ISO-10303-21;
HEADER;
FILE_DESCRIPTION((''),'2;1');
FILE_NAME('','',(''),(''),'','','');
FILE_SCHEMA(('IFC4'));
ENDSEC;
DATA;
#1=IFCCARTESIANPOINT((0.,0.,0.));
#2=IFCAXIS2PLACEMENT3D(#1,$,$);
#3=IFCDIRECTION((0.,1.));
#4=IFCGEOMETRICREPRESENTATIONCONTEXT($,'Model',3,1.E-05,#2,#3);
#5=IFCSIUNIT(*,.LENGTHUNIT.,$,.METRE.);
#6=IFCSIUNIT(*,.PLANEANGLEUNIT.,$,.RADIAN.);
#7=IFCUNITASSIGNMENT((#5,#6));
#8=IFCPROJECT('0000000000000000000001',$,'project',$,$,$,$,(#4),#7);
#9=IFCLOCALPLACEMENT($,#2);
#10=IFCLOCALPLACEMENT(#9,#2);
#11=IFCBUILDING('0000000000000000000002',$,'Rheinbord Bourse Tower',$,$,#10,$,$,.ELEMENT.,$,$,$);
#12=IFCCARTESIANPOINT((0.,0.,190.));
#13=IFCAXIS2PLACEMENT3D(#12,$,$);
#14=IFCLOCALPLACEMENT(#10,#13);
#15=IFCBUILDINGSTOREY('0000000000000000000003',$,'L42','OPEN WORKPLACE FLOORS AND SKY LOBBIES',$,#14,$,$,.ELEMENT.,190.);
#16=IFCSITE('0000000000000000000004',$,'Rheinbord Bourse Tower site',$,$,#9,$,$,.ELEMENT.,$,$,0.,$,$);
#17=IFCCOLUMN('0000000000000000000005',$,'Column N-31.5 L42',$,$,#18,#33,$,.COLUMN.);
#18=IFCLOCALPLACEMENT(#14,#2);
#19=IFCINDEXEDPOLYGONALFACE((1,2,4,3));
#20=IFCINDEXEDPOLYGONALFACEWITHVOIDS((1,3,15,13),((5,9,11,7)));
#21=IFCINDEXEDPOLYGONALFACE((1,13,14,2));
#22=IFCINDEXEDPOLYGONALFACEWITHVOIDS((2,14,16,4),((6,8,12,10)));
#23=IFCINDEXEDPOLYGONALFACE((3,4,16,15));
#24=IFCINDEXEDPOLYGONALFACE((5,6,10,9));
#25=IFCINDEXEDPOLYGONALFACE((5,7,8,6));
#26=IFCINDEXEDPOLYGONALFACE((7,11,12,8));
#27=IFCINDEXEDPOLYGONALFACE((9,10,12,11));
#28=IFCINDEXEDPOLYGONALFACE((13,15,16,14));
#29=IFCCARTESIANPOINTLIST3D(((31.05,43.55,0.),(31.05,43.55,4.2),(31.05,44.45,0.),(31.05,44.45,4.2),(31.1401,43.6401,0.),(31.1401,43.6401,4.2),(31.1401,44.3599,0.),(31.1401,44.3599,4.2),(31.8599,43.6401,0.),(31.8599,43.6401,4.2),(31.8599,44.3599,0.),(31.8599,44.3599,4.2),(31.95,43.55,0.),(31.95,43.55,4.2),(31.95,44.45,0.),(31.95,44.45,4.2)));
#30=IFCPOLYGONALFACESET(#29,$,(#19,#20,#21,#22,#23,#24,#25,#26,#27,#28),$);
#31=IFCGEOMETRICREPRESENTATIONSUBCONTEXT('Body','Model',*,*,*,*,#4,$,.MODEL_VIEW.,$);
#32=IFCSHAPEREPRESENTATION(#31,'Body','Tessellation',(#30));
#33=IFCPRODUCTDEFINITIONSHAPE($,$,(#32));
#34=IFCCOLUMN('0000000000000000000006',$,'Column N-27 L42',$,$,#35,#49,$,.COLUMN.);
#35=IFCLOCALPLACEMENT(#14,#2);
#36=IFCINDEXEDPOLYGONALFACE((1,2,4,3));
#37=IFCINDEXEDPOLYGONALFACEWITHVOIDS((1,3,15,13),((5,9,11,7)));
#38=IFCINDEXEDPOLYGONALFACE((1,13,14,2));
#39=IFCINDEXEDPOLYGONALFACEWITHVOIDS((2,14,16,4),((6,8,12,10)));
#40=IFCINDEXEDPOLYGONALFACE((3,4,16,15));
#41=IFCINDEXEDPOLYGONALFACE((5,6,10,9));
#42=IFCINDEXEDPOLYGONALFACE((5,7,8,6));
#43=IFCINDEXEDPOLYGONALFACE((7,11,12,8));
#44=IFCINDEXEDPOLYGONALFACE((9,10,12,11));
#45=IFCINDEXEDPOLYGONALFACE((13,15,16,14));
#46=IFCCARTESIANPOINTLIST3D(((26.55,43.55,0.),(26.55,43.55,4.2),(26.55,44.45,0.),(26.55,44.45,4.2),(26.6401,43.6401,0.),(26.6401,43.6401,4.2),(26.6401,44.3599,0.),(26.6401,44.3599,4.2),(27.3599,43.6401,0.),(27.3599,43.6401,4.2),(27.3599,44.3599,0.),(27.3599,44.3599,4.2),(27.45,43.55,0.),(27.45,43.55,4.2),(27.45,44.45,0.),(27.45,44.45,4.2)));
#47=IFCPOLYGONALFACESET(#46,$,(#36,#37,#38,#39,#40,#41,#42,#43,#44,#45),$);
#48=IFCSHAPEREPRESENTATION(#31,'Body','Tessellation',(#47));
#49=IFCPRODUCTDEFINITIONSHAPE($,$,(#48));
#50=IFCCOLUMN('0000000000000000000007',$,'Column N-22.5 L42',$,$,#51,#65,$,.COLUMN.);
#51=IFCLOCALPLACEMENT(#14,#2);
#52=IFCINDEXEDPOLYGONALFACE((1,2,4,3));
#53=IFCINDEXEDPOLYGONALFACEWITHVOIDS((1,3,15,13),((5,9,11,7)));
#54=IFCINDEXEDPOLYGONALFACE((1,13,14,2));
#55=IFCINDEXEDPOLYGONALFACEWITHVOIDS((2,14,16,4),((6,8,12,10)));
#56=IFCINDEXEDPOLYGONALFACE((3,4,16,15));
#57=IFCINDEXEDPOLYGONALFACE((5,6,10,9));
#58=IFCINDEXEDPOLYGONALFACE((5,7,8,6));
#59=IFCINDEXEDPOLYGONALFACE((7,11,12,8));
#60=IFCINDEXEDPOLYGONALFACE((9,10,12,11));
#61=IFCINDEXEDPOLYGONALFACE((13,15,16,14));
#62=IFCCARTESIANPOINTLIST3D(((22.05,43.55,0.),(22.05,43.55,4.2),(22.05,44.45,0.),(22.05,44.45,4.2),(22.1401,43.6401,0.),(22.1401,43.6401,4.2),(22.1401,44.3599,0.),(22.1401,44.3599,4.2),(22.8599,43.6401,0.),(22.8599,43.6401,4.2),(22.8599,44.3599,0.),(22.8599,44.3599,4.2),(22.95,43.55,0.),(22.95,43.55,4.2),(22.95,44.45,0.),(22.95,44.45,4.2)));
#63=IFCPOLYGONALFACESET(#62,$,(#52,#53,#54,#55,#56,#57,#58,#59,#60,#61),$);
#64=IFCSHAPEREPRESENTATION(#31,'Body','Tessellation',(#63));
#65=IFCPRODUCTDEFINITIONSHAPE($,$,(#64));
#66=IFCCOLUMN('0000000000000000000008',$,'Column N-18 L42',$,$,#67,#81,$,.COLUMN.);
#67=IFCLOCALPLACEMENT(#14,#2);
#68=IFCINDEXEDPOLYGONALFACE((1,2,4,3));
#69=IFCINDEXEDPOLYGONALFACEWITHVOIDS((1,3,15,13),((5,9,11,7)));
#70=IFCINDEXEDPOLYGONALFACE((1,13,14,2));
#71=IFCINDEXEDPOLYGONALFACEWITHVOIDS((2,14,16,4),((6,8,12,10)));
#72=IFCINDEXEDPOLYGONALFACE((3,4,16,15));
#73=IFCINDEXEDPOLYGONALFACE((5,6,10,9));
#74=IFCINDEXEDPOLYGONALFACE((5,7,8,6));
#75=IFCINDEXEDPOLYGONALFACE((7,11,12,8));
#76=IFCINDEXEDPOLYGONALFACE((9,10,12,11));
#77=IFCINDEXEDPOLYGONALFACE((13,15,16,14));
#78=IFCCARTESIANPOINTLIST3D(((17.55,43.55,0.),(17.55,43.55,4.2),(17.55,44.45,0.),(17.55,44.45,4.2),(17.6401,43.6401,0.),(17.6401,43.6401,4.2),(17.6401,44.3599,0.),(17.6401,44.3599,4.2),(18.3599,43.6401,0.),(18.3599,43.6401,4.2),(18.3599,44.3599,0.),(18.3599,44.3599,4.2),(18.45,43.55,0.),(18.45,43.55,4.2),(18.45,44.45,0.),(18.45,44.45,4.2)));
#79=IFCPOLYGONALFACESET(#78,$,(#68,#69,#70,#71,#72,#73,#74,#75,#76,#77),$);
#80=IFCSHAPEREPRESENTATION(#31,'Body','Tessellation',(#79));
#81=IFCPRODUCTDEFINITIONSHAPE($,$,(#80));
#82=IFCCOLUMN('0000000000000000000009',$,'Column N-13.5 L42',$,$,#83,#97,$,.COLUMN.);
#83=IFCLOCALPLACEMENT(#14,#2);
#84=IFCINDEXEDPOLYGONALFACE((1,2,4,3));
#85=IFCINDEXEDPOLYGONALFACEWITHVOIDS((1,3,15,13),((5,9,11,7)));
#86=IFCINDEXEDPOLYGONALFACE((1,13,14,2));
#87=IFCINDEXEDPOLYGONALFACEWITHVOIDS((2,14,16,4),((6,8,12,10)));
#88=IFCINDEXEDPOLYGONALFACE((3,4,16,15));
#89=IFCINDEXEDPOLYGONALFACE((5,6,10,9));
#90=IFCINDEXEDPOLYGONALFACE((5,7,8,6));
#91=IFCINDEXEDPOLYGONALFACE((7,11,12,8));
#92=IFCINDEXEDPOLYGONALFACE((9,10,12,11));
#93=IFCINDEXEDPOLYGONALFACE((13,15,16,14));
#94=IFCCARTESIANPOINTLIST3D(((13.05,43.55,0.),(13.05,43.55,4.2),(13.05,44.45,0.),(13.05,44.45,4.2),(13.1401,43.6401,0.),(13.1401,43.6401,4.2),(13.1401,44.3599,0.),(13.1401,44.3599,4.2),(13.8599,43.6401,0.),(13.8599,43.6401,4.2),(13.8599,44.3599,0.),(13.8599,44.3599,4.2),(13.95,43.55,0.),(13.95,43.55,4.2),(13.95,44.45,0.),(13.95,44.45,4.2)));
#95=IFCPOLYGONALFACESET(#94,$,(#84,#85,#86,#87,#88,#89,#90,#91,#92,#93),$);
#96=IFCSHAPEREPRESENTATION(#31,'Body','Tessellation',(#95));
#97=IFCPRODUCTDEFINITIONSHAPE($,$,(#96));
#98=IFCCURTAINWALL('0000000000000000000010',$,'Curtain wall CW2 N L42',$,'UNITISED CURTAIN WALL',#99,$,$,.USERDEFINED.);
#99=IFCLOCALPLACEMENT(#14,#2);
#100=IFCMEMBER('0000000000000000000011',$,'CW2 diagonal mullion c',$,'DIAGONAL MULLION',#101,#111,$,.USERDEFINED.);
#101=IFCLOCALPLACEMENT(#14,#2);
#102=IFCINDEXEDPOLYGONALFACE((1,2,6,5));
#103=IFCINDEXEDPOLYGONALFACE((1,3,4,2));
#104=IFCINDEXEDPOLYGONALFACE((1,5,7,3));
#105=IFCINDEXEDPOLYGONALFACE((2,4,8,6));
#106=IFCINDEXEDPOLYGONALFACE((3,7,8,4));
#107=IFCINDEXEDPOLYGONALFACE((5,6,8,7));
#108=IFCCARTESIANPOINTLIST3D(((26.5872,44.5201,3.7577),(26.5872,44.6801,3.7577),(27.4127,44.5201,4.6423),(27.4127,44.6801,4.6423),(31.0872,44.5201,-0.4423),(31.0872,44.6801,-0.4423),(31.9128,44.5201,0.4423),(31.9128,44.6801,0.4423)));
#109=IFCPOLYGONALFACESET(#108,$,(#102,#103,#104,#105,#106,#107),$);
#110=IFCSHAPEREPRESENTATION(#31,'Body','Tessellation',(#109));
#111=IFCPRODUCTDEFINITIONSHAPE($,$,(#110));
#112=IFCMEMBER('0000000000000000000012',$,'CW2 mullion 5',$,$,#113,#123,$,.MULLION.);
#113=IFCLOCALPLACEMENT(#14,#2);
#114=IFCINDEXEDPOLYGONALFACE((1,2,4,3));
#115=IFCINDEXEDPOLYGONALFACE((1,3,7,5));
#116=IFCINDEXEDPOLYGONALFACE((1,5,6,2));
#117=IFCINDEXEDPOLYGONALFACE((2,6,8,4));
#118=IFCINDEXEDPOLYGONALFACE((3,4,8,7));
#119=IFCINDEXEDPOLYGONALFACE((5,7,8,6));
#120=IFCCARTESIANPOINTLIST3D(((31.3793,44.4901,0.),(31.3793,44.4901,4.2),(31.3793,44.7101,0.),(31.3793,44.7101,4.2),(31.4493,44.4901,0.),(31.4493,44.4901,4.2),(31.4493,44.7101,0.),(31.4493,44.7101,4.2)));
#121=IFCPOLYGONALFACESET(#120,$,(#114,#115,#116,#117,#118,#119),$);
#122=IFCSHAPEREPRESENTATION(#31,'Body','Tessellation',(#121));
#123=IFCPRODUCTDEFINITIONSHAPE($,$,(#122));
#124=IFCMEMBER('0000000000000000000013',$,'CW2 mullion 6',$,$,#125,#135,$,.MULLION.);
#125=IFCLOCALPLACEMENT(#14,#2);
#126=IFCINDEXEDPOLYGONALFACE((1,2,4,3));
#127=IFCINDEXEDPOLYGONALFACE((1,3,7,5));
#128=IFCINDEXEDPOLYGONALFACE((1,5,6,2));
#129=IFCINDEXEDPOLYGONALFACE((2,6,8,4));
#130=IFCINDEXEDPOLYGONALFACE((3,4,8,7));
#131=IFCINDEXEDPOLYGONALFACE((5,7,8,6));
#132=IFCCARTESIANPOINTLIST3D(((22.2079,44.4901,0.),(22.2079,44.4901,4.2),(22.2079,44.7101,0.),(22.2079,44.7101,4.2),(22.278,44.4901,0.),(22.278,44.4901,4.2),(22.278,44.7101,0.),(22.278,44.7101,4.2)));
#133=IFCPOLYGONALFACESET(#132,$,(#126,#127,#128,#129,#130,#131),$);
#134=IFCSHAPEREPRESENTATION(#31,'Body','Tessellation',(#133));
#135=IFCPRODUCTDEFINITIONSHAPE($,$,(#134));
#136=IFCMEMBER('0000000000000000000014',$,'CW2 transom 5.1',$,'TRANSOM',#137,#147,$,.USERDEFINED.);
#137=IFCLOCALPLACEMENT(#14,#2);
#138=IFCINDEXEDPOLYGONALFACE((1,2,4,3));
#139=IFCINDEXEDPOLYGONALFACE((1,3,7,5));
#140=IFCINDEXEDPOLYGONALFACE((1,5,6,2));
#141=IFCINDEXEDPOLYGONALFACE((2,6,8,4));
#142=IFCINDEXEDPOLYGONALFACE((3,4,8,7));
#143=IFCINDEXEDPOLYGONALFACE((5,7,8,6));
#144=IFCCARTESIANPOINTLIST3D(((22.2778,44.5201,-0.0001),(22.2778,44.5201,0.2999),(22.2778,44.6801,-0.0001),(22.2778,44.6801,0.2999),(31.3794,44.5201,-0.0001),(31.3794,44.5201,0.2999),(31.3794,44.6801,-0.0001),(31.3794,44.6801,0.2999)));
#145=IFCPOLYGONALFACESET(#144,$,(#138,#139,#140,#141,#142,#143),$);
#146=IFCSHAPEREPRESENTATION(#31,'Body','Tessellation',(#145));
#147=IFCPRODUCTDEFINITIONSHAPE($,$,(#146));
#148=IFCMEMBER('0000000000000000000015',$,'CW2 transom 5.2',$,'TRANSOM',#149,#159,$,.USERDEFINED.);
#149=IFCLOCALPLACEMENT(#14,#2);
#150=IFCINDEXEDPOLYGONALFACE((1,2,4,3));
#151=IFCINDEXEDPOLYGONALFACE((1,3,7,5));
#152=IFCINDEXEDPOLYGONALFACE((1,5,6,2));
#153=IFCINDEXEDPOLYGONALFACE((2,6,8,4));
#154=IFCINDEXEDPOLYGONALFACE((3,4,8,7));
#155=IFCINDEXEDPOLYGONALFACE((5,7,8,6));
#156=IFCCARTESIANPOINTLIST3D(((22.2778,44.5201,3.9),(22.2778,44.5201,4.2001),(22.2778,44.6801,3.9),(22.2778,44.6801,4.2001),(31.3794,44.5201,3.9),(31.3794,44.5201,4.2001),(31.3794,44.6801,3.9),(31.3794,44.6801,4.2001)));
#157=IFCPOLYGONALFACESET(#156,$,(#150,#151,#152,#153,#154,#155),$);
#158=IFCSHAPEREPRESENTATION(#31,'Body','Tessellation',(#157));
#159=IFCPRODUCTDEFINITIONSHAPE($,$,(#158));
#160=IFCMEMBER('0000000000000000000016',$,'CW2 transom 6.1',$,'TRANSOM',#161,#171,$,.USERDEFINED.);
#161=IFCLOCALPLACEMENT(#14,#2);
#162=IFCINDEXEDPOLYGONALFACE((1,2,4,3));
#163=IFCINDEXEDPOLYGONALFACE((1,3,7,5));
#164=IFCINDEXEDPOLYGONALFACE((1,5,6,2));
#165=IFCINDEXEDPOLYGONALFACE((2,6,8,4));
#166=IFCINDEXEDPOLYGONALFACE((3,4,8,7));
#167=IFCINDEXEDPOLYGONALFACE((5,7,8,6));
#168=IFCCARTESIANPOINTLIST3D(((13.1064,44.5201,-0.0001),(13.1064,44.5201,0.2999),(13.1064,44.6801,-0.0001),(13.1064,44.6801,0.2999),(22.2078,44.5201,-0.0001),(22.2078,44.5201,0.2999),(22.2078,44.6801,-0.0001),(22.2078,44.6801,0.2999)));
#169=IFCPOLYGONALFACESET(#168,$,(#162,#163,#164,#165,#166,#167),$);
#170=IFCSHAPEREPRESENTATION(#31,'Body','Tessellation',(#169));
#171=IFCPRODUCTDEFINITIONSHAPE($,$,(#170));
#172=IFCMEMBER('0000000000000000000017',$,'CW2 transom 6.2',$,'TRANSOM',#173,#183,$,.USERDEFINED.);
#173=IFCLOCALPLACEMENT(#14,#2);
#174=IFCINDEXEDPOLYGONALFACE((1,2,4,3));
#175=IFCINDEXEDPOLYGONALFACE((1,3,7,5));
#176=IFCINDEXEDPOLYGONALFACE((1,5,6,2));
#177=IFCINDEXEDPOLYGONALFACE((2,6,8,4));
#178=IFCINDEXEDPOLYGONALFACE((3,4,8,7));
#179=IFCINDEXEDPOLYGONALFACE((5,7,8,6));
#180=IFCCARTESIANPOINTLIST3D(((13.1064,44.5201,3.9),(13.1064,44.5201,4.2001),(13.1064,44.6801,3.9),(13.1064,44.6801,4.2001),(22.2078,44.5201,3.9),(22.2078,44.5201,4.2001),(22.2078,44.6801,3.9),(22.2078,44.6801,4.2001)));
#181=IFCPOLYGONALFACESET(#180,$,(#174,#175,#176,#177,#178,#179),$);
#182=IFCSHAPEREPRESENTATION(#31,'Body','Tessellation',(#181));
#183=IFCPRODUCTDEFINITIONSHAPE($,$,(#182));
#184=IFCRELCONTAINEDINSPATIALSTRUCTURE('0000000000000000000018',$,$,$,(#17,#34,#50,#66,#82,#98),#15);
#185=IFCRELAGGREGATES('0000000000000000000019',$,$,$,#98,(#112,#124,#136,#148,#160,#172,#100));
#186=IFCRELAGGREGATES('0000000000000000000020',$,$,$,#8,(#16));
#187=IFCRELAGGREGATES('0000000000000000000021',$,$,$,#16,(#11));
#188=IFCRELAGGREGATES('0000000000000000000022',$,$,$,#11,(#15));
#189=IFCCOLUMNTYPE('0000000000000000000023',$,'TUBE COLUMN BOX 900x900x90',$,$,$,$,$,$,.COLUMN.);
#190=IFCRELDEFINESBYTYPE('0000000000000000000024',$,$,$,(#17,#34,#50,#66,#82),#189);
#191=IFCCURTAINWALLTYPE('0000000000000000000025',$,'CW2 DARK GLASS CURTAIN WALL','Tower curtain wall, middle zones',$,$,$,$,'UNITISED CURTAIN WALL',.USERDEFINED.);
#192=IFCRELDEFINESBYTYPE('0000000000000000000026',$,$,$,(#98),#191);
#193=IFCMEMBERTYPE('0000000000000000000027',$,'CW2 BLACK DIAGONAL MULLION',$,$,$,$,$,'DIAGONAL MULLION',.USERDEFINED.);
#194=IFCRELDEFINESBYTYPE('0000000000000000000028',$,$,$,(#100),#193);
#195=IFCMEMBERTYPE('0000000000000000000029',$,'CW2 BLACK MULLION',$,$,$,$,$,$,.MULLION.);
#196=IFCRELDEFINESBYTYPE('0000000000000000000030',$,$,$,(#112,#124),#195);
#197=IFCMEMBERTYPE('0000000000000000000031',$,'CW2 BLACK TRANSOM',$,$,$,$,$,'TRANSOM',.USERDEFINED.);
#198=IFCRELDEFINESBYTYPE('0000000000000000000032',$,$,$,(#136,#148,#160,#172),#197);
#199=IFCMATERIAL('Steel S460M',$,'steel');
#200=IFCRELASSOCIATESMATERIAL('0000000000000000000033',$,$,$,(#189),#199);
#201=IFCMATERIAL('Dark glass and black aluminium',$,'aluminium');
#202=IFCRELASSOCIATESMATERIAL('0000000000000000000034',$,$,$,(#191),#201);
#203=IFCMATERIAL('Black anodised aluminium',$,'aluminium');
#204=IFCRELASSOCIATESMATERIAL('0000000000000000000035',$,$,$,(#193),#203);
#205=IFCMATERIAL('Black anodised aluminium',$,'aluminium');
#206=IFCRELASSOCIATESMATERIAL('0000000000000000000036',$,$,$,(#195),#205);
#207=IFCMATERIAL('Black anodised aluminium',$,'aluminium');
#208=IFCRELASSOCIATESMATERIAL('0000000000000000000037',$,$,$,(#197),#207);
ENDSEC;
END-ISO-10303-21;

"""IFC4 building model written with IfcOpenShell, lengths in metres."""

from ifc_helpers import new_model, si_unit, direction, frame, origin, origin_2d, place, context, subcontext, project, spatial, rectangle, hollow_rectangle, extrude, material, material_profile, profile_set, type_object, element, aggregate, save


model = new_model("IFC4")

# Units and contexts
model_context = context("Model", 3, precision=1e-05, world=origin(), true_north=direction((0.0, 1.0)))
body_context = subcontext(model_context, "Body", "Model", "MODEL_VIEW")
ifc_project = project(units=[si_unit("LENGTHUNIT", "METRE"), si_unit("PLANEANGLEUNIT", "RADIAN")], contexts=[model_context])

# Site, building, storey
site_placement = place(None, origin())
site = spatial("IfcSite", under=ifc_project, at=site_placement, Name="Rheinbord Bourse Tower site", CompositionType="ELEMENT", RefElevation=0.0)
building_placement = place(site_placement, origin())
building = spatial("IfcBuilding", under=site, at=building_placement, Name="Rheinbord Bourse Tower", CompositionType="ELEMENT")
storey_placement = place(building_placement, frame((0.0, 0.0, 190.0)))
storey = spatial("IfcBuildingStorey", under=building, at=storey_placement, Name="L42", Description="OPEN WORKPLACE FLOORS AND SKY LOBBIES", CompositionType="ELEMENT", Elevation=190.0)

# Columns
ifc_material_1 = material(Name="Steel S460M", Category="steel")
ifc_material_profile_1 = material_profile(ifc_material_1, hollow_rectangle(XDim=0.8999, YDim=0.8999, WallThickness=0.0901, at=origin_2d()), Name="BOX 900x900x90")
ifc_profile_set_1 = profile_set([ifc_material_profile_1], Name="Steel S460M")
column_type = type_object("IfcColumnType", Name="TUBE COLUMN BOX 900x900x90", PredefinedType="COLUMN", material=ifc_profile_set_1)
for number, where, z_axis, x_axis, name in (
    (1, (31.5, 44.0, 0.0), (0.0, 0.0, 1.0), (0.0, 1.0, 0.0), "Column N-31.5 L42"),
    (2, (27.0, 44.0, 0.0), (0.0, 0.0, 1.0), (0.0, 1.0, 0.0), "Column N-27 L42"),
    (3, (22.5, 44.0, 0.0), (0.0, 0.0, 1.0), (0.0, 1.0, 0.0), "Column N-22.5 L42"),
    (4, (18.0, 44.0, 0.0), (0.0, 0.0, 1.0), (0.0, 1.0, 0.0), "Column N-18 L42"),
    (5, (13.5, 44.0, 0.0), (0.0, 0.0, 1.0), (0.0, 1.0, 0.0), "Column N-13.5 L42"),
):
    element("IfcColumn", number, at=place(storey_placement, frame(where, z_axis=z_axis, x_axis=x_axis)), inside=storey, type_object=column_type, Name=name, PredefinedType="COLUMN", context=body_context, shape_type="SweptSolid", body=[
        extrude(hollow_rectangle(XDim=0.8999, YDim=0.8999, WallThickness=0.0901, at=origin_2d()), origin(), (0.0, 0.0, 1.0), 4.2),
    ])

# Curtain wall, members
ifc_material_2 = material(Name="Dark glass and black aluminium", Category="aluminium")
curtain_wall_type = type_object("IfcCurtainWallType", Name="CW2 DARK GLASS CURTAIN WALL", Description="Tower curtain wall, middle zones", ElementType="UNITISED CURTAIN WALL", PredefinedType="USERDEFINED", material=ifc_material_2)
curtain_wall_placement = place(storey_placement, origin())
curtain_wall = element("IfcCurtainWall", 6, at=curtain_wall_placement, inside=storey, type_object=curtain_wall_type, Name="Curtain wall CW2 N L42", ObjectType="UNITISED CURTAIN WALL", PredefinedType="USERDEFINED")
ifc_material_3 = material(Name="Black anodised aluminium", Category="aluminium")
ifc_material_profile_2 = material_profile(ifc_material_3, rectangle(XDim=0.1599, YDim=1.21, at=origin_2d()), Name="CW2 DIAGONAL MULLION 1210x160")
ifc_profile_set_2 = profile_set([ifc_material_profile_2], Name="Black anodised aluminium")
member_type_1 = type_object("IfcMemberType", Name="CW2 BLACK DIAGONAL MULLION", ElementType="DIAGONAL MULLION", PredefinedType="USERDEFINED", material=ifc_profile_set_2)
member_1_placement = place(storey_placement, frame((31.5, 44.6001, 0.0), z_axis=(-0.731059, 0.0, 0.682314), x_axis=(0.0, -1.0, 0.0)))
member_1 = element("IfcMember", 7, at=member_1_placement, type_object=member_type_1, Name="CW2 diagonal mullion c", ObjectType="DIAGONAL MULLION", PredefinedType="USERDEFINED", context=body_context, shape_type="SweptSolid", body=[
    extrude(rectangle(XDim=0.1599, YDim=1.21, at=origin_2d()), origin(), (0.0, 0.0, 1.0), 6.1555),
])
ifc_material_4 = material(Name="Black anodised aluminium", Category="aluminium")
ifc_material_profile_3 = material_profile(ifc_material_4, rectangle(XDim=0.22, YDim=0.0701, at=origin_2d()), Name="CW2 MULLION 70x220")
ifc_profile_set_3 = profile_set([ifc_material_profile_3], Name="Black anodised aluminium")
member_type_2 = type_object("IfcMemberType", Name="CW2 BLACK MULLION", PredefinedType="MULLION", material=ifc_profile_set_3)
member_2_placement = place(storey_placement, frame((31.4143, 44.6001, 0.0), z_axis=(0.0, 0.0, 1.0), x_axis=(0.0, -1.0, 0.0)))
member_2 = element("IfcMember", 8, at=member_2_placement, type_object=member_type_2, Name="CW2 mullion 5", PredefinedType="MULLION", context=body_context, shape_type="SweptSolid", body=[
    extrude(rectangle(XDim=0.22, YDim=0.0701, at=origin_2d()), origin(), (0.0, 0.0, 1.0), 4.2),
])
member_3_placement = place(storey_placement, frame((22.2429, 44.6001, 0.0), z_axis=(0.0, 0.0, 1.0), x_axis=(0.0, -1.0, 0.0)))
member_3 = element("IfcMember", 9, at=member_3_placement, type_object=member_type_2, Name="CW2 mullion 6", PredefinedType="MULLION", context=body_context, shape_type="SweptSolid", body=[
    extrude(rectangle(XDim=0.22, YDim=0.0701, at=origin_2d()), origin(), (0.0, 0.0, 1.0), 4.2),
])
ifc_material_5 = material(Name="Black anodised aluminium", Category="aluminium")
ifc_material_profile_4 = material_profile(ifc_material_5, rectangle(XDim=0.1599, YDim=0.3, at=origin_2d()), Name="CW2 TRANSOM 300x160")
ifc_profile_set_4 = profile_set([ifc_material_profile_4], Name="Black anodised aluminium")
member_type_3 = type_object("IfcMemberType", Name="CW2 BLACK TRANSOM", ElementType="TRANSOM", PredefinedType="USERDEFINED", material=ifc_profile_set_4)
member_4_placement = place(storey_placement, frame((31.3794, 44.6001, 0.1499), z_axis=(-1.0, 0.0, 0.0), x_axis=(0.0, -1.0, 0.0)))
member_4 = element("IfcMember", 10, at=member_4_placement, type_object=member_type_3, Name="CW2 transom 5.1", ObjectType="TRANSOM", PredefinedType="USERDEFINED", context=body_context, shape_type="SweptSolid", body=[
    extrude(rectangle(XDim=0.1599, YDim=0.3, at=origin_2d()), origin(), (0.0, 0.0, 1.0), 9.1016),
])
member_5_placement = place(storey_placement, frame((31.3794, 44.6001, 4.05), z_axis=(-1.0, 0.0, 0.0), x_axis=(0.0, -1.0, 0.0)))
member_5 = element("IfcMember", 11, at=member_5_placement, type_object=member_type_3, Name="CW2 transom 5.2", ObjectType="TRANSOM", PredefinedType="USERDEFINED", context=body_context, shape_type="SweptSolid", body=[
    extrude(rectangle(XDim=0.1599, YDim=0.3, at=origin_2d()), origin(), (0.0, 0.0, 1.0), 9.1016),
])
member_6_placement = place(storey_placement, frame((22.2078, 44.6001, 0.1499), z_axis=(-1.0, 0.0, 0.0), x_axis=(0.0, -1.0, 0.0)))
member_6 = element("IfcMember", 12, at=member_6_placement, type_object=member_type_3, Name="CW2 transom 6.1", ObjectType="TRANSOM", PredefinedType="USERDEFINED", context=body_context, shape_type="SweptSolid", body=[
    extrude(rectangle(XDim=0.1599, YDim=0.3, at=origin_2d()), origin(), (0.0, 0.0, 1.0), 9.1013),
])
member_7_placement = place(storey_placement, frame((22.2078, 44.6001, 4.05), z_axis=(-1.0, 0.0, 0.0), x_axis=(0.0, -1.0, 0.0)))
member_7 = element("IfcMember", 13, at=member_7_placement, type_object=member_type_3, Name="CW2 transom 6.2", ObjectType="TRANSOM", PredefinedType="USERDEFINED", context=body_context, shape_type="SweptSolid", body=[
    extrude(rectangle(XDim=0.1599, YDim=0.3, at=origin_2d()), origin(), (0.0, 0.0, 1.0), 9.1013),
])

aggregate(curtain_wall, [member_2, member_3, member_4, member_5, member_6, member_7, member_1])

save(model, "model.ifc")
